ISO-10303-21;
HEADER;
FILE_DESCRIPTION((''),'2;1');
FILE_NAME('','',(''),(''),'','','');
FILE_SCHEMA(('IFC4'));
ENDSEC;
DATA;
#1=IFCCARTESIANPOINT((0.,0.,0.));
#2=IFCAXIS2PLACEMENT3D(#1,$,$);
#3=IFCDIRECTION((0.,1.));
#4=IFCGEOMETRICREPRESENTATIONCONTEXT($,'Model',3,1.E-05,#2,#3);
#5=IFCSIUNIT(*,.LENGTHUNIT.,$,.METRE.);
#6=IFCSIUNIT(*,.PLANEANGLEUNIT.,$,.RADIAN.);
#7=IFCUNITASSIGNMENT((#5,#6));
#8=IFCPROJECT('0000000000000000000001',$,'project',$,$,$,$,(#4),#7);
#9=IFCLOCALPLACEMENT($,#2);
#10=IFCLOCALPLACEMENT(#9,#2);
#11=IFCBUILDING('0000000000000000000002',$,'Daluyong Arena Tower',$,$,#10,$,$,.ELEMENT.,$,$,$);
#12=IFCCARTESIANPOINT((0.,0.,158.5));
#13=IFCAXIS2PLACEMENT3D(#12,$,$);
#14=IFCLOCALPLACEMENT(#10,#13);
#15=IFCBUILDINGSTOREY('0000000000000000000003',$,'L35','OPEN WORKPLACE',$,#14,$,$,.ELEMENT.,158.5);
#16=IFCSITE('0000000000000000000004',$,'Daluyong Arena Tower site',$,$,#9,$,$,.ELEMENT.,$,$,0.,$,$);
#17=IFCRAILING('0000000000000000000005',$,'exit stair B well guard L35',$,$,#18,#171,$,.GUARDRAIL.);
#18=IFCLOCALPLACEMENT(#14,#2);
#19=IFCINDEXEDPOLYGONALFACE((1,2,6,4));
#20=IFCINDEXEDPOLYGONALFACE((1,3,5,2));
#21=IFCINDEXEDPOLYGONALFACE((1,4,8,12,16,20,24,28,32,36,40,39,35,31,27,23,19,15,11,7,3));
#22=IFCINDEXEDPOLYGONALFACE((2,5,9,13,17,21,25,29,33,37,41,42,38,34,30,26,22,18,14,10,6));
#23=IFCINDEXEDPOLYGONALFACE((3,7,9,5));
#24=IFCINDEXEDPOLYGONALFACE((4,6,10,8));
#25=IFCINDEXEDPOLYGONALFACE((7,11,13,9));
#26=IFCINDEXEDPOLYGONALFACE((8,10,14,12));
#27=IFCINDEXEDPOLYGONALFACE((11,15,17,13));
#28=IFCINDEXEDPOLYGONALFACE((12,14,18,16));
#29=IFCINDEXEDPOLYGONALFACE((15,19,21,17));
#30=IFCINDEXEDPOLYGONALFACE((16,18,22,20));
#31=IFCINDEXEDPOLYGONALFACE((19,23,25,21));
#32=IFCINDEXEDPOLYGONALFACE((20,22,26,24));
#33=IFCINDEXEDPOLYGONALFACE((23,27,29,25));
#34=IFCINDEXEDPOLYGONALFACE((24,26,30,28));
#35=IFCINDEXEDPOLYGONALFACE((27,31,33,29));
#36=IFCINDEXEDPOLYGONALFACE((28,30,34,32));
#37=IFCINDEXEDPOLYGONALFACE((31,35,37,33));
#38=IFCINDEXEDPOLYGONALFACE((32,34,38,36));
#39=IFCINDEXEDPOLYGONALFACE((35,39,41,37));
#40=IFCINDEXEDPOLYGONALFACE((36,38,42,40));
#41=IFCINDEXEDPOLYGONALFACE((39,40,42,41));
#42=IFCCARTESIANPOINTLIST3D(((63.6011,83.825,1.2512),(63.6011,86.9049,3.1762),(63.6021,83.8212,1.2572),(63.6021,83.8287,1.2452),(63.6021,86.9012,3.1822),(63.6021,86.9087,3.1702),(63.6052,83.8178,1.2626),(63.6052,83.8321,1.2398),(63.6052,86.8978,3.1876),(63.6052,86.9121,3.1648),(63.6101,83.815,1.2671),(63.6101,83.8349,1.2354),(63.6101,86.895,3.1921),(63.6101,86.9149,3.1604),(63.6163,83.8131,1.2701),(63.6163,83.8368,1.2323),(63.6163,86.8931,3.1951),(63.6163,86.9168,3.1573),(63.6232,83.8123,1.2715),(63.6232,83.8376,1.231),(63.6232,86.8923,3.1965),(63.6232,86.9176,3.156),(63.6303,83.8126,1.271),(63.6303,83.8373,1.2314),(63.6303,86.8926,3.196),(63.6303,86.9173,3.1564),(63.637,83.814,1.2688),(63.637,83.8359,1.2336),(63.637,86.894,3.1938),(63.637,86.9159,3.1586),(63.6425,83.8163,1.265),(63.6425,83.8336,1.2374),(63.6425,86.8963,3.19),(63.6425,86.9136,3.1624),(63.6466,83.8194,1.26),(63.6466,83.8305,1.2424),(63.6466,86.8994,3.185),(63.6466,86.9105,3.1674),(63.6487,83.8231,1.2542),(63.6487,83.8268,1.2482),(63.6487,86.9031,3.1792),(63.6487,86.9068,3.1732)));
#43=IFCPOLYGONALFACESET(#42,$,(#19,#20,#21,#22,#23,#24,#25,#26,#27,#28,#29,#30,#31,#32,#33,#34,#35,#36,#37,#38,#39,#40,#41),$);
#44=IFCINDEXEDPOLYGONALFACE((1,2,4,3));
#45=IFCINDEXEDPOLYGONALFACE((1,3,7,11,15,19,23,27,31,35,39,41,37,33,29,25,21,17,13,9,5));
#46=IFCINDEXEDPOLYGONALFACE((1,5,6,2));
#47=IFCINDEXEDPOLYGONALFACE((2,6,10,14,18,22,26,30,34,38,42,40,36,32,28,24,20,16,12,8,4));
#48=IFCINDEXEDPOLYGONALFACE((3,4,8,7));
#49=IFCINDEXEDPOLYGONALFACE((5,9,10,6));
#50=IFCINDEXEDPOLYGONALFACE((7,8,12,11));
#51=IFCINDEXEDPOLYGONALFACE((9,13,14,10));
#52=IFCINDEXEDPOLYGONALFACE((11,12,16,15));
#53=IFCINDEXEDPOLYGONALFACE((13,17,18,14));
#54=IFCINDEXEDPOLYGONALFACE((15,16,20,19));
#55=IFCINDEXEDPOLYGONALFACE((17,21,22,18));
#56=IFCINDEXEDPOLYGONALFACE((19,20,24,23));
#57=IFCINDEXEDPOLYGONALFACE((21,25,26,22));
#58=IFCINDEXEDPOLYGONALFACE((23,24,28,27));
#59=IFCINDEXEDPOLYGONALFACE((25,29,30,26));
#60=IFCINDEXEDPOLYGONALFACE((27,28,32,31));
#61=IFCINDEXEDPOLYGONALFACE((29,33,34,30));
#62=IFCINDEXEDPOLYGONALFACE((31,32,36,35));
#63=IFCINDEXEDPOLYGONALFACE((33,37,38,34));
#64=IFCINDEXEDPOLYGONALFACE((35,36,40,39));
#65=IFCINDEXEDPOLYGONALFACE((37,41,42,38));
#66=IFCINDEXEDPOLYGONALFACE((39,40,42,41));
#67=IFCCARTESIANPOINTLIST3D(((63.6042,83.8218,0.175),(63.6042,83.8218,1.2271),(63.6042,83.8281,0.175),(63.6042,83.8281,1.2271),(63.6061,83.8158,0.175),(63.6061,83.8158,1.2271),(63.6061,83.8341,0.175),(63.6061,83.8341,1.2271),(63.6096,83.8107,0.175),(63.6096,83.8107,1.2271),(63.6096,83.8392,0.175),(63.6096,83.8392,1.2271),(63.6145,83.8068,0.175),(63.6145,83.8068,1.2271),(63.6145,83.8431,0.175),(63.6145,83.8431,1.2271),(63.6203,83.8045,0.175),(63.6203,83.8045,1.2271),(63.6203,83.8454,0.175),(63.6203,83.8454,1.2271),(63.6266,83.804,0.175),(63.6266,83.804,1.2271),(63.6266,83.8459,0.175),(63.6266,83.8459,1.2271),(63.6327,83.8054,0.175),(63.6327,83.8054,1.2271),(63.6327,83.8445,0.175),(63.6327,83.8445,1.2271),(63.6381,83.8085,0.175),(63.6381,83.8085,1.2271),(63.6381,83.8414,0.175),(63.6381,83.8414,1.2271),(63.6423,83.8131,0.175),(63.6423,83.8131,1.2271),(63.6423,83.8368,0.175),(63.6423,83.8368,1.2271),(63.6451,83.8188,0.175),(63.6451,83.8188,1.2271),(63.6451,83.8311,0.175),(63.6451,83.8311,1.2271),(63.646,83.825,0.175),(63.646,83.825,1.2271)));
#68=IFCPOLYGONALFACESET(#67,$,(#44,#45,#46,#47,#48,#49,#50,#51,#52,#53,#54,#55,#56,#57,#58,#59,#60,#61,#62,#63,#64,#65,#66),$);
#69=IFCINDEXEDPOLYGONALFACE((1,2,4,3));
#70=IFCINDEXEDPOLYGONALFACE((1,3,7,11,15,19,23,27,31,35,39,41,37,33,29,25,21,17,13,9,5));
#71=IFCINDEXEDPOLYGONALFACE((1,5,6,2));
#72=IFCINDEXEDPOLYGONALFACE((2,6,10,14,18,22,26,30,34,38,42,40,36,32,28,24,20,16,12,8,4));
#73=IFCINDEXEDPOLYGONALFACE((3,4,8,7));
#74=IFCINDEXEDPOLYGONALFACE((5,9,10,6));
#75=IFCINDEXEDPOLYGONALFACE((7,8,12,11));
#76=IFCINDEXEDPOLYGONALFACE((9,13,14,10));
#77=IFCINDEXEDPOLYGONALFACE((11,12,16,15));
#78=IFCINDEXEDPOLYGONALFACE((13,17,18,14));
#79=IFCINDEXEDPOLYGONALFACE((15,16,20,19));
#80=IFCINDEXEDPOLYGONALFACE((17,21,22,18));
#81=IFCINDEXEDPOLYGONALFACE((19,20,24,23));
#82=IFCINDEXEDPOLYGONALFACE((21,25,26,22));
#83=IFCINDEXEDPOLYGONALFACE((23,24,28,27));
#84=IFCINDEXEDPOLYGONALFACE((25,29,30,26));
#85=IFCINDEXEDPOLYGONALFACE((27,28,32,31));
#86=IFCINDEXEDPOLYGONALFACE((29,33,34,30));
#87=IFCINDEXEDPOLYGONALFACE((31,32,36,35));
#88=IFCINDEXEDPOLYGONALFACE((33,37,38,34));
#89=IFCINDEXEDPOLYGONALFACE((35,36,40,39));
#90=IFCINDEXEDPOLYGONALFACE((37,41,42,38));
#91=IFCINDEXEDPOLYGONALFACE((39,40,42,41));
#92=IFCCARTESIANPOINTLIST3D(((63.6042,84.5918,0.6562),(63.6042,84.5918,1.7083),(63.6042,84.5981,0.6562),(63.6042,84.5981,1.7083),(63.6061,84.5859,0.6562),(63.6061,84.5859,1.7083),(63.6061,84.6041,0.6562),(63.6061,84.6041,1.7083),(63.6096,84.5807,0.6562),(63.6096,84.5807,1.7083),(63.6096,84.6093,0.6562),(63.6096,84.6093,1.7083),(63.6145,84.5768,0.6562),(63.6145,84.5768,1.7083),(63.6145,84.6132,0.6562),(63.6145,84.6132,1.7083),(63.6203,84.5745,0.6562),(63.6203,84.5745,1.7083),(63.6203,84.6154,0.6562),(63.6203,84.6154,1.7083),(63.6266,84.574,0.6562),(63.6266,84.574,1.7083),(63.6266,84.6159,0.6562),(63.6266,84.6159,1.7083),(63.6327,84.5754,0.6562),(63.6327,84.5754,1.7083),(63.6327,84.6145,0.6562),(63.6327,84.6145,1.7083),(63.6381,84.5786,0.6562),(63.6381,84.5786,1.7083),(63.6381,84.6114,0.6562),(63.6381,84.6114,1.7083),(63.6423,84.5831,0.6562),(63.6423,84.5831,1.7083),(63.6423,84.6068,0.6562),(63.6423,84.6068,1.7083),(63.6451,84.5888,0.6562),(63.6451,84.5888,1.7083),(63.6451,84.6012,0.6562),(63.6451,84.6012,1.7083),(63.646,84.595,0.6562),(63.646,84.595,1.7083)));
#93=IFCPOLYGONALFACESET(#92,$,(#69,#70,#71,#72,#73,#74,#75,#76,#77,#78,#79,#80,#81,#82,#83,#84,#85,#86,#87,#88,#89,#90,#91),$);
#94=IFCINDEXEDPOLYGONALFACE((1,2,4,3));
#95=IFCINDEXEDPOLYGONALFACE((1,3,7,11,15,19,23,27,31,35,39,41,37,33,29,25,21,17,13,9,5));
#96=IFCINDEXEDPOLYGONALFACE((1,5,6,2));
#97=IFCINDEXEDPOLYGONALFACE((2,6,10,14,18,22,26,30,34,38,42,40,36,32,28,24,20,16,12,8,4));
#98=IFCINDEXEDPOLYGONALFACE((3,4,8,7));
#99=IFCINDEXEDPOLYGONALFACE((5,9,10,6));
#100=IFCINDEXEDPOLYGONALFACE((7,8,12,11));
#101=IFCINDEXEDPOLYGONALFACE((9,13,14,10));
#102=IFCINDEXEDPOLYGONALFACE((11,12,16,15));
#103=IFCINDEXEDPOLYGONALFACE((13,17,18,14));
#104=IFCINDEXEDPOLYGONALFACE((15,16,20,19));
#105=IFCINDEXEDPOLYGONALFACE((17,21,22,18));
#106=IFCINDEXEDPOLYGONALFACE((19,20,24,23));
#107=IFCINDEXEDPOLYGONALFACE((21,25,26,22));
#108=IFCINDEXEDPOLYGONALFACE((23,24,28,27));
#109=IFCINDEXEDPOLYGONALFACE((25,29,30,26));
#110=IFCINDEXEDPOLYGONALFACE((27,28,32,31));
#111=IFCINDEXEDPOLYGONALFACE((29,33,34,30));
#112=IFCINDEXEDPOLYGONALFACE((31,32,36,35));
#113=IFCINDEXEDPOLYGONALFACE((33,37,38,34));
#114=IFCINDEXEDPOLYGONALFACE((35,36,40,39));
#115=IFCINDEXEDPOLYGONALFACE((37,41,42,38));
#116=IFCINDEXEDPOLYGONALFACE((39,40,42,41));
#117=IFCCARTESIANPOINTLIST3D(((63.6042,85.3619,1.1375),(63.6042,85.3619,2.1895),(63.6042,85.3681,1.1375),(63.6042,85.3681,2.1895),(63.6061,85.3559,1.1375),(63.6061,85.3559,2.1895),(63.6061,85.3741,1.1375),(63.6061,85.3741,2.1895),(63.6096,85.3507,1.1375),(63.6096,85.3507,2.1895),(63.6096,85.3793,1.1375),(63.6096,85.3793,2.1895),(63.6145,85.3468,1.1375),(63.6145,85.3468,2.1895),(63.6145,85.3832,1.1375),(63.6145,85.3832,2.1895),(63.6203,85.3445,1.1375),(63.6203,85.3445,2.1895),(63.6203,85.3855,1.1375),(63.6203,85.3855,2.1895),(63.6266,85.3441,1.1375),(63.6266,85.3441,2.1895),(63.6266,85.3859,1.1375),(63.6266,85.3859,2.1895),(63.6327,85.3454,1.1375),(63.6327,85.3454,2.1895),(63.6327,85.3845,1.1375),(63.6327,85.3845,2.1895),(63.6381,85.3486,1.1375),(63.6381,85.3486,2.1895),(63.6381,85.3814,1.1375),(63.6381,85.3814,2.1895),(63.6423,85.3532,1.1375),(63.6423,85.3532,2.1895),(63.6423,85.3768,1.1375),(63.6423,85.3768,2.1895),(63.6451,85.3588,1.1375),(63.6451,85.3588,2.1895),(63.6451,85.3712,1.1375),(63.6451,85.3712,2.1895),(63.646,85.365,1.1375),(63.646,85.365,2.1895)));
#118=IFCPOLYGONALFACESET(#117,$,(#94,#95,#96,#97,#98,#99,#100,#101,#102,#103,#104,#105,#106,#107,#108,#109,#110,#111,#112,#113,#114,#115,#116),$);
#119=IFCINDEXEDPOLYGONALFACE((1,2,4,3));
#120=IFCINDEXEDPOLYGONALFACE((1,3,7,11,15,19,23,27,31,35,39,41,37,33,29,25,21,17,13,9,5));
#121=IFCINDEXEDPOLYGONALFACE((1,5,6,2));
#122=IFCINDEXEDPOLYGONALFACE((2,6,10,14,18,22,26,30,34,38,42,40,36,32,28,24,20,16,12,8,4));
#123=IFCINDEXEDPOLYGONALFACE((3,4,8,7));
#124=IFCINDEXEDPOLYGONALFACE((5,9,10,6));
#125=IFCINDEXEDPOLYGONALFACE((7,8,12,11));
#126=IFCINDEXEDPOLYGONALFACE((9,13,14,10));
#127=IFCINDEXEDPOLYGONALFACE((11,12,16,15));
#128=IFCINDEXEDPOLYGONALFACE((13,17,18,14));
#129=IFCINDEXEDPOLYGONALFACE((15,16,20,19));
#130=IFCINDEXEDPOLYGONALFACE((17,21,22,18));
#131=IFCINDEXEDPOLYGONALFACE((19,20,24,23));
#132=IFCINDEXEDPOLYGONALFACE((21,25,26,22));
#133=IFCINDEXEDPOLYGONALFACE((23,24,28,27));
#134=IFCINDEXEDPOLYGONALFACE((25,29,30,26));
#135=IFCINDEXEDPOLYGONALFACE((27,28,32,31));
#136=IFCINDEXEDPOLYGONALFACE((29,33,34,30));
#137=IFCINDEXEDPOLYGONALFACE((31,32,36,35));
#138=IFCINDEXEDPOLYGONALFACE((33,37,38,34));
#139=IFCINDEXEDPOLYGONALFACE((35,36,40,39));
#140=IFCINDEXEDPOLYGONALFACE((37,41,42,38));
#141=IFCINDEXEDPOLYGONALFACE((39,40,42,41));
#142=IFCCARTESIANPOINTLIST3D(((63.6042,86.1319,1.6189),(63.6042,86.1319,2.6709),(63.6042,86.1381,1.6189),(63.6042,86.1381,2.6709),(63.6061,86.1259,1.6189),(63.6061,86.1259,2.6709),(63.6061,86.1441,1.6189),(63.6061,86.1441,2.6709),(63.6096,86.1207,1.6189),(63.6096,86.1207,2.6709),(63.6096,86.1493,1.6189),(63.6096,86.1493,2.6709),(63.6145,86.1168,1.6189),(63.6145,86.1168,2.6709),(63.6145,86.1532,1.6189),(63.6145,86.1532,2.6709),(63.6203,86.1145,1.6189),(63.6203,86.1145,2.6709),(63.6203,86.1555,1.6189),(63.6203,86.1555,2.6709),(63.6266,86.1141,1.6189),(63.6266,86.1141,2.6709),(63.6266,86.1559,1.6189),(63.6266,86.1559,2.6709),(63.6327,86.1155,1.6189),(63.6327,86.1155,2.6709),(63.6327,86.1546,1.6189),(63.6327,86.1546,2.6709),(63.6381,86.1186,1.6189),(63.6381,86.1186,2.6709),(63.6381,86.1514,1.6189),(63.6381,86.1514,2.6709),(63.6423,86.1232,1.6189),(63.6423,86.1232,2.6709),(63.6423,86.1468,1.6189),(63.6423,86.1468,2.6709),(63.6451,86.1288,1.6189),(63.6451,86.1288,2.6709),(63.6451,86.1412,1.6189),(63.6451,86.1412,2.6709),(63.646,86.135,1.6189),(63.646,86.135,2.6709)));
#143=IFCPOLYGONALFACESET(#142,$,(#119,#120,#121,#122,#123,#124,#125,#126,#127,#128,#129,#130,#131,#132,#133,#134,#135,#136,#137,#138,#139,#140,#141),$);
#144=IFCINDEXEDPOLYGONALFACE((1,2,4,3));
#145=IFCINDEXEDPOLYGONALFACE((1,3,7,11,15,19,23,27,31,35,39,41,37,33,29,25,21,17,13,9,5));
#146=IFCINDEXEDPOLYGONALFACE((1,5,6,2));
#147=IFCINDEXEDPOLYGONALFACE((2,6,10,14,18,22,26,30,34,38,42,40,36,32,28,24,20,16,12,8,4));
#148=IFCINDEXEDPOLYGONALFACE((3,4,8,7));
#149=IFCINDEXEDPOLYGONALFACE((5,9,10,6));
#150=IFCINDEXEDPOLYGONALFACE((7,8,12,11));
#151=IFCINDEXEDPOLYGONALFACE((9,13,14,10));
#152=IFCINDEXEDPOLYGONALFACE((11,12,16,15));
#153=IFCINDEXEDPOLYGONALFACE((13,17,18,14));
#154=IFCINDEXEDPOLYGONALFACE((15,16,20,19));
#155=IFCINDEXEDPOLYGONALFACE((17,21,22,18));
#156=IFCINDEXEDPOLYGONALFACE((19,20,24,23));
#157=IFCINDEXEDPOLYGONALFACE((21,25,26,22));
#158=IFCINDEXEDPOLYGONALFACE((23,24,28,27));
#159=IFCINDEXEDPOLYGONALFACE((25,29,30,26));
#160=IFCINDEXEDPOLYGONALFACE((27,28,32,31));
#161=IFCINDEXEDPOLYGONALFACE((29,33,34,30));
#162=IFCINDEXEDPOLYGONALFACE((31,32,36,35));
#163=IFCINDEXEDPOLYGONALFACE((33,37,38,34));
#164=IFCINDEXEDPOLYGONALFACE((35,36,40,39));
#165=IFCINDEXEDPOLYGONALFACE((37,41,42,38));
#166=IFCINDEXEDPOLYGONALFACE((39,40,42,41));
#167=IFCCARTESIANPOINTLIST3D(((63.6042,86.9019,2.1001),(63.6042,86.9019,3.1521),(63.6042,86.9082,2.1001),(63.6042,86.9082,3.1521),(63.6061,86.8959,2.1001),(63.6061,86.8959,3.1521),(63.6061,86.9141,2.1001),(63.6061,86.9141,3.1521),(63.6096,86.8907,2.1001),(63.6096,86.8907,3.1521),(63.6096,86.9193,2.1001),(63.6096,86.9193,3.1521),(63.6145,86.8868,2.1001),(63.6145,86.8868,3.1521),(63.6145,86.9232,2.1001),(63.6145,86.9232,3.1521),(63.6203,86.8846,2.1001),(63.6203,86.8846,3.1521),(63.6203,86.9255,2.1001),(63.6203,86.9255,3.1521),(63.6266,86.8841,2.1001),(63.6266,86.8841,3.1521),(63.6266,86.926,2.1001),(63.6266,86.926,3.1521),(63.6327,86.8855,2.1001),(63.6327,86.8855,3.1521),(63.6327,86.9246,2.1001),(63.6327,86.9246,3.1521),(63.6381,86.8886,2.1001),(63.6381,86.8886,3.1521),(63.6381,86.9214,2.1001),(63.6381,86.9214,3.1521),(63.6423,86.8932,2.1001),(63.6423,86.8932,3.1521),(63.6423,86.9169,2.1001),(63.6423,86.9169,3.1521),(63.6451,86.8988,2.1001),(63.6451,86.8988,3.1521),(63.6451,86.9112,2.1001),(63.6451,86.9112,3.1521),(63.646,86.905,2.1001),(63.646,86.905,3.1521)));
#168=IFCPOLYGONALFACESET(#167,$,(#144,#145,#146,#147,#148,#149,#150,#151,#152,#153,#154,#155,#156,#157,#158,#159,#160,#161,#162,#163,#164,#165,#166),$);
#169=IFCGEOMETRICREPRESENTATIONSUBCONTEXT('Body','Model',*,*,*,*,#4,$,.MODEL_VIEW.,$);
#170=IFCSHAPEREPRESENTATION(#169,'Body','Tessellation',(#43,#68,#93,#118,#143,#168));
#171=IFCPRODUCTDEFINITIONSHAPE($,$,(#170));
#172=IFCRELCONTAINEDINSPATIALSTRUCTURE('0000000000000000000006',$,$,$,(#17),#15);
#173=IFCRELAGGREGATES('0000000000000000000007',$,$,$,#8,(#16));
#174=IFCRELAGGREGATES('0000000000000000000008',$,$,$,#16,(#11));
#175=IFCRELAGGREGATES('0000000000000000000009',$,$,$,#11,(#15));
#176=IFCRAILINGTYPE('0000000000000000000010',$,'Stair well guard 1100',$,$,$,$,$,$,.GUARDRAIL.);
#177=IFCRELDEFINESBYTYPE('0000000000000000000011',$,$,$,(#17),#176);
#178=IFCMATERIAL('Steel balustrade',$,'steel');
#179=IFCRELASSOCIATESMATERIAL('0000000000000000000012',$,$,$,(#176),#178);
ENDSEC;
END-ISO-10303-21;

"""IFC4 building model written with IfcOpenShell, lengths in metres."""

from ifc_helpers import new_model, si_unit, direction, frame, origin, origin_2d, place, context, subcontext, project, spatial, circle, extrude, material, type_object, element, save


model = new_model("IFC4")

# Units and contexts
model_context = context("Model", 3, precision=1e-05, world=origin(), true_north=direction((0.0, 1.0)))
body_context = subcontext(model_context, "Body", "Model", "MODEL_VIEW")
ifc_project = project(units=[si_unit("LENGTHUNIT", "METRE"), si_unit("PLANEANGLEUNIT", "RADIAN")], contexts=[model_context])

# Site, building, storey
site_placement = place(None, origin())
site = spatial("IfcSite", under=ifc_project, at=site_placement, Name="Daluyong Arena Tower site", CompositionType="ELEMENT", RefElevation=0.0)
building_placement = place(site_placement, origin())
building = spatial("IfcBuilding", under=site, at=building_placement, Name="Daluyong Arena Tower", CompositionType="ELEMENT")
storey_placement = place(building_placement, frame((0.0, 0.0, 158.5)))
storey = spatial("IfcBuildingStorey", under=building, at=storey_placement, Name="L35", Description="OPEN WORKPLACE", CompositionType="ELEMENT", Elevation=158.5)

# Railing
ifc_material_1 = material(Name="Steel balustrade", Category="steel")
railing_type_1 = type_object("IfcRailingType", Name="Stair well guard 1100", PredefinedType="GUARDRAIL", material=ifc_material_1)
railing_1_placement = place(storey_placement, frame((63.625, 83.825, 0.175)))
element("IfcRailing", 1, at=railing_1_placement, inside=storey, type_object=railing_type_1, Name="exit stair B well guard L35", PredefinedType="GUARDRAIL", context=body_context, shape_type="SweptSolid", body=[
    extrude(circle(Radius=0.0239, at=origin_2d()), frame((0.0, 0.0, 1.0762), z_axis=(0.0, 0.847998, 0.529999), x_axis=(-1.0, 0.0, 0.0)), (0.0, 0.0, 1.0), 3.6321),
    extrude(circle(Radius=0.021, at=origin_2d()), origin(), (0.0, 0.0, 1.0), 1.052),
    extrude(circle(Radius=0.021, at=origin_2d()), frame((0.0, 0.77, 0.4812)), (0.0, 0.0, 1.0), 1.052),
    extrude(circle(Radius=0.021, at=origin_2d()), frame((0.0, 1.54, 0.9624)), (0.0, 0.0, 1.0), 1.052),
    extrude(circle(Radius=0.021, at=origin_2d()), frame((0.0, 2.3101, 1.4438)), (0.0, 0.0, 1.0), 1.052),
    extrude(circle(Radius=0.021, at=origin_2d()), frame((0.0, 3.0801, 1.925)), (0.0, 0.0, 1.0), 1.052),
])

save(model, "model.ifc")
